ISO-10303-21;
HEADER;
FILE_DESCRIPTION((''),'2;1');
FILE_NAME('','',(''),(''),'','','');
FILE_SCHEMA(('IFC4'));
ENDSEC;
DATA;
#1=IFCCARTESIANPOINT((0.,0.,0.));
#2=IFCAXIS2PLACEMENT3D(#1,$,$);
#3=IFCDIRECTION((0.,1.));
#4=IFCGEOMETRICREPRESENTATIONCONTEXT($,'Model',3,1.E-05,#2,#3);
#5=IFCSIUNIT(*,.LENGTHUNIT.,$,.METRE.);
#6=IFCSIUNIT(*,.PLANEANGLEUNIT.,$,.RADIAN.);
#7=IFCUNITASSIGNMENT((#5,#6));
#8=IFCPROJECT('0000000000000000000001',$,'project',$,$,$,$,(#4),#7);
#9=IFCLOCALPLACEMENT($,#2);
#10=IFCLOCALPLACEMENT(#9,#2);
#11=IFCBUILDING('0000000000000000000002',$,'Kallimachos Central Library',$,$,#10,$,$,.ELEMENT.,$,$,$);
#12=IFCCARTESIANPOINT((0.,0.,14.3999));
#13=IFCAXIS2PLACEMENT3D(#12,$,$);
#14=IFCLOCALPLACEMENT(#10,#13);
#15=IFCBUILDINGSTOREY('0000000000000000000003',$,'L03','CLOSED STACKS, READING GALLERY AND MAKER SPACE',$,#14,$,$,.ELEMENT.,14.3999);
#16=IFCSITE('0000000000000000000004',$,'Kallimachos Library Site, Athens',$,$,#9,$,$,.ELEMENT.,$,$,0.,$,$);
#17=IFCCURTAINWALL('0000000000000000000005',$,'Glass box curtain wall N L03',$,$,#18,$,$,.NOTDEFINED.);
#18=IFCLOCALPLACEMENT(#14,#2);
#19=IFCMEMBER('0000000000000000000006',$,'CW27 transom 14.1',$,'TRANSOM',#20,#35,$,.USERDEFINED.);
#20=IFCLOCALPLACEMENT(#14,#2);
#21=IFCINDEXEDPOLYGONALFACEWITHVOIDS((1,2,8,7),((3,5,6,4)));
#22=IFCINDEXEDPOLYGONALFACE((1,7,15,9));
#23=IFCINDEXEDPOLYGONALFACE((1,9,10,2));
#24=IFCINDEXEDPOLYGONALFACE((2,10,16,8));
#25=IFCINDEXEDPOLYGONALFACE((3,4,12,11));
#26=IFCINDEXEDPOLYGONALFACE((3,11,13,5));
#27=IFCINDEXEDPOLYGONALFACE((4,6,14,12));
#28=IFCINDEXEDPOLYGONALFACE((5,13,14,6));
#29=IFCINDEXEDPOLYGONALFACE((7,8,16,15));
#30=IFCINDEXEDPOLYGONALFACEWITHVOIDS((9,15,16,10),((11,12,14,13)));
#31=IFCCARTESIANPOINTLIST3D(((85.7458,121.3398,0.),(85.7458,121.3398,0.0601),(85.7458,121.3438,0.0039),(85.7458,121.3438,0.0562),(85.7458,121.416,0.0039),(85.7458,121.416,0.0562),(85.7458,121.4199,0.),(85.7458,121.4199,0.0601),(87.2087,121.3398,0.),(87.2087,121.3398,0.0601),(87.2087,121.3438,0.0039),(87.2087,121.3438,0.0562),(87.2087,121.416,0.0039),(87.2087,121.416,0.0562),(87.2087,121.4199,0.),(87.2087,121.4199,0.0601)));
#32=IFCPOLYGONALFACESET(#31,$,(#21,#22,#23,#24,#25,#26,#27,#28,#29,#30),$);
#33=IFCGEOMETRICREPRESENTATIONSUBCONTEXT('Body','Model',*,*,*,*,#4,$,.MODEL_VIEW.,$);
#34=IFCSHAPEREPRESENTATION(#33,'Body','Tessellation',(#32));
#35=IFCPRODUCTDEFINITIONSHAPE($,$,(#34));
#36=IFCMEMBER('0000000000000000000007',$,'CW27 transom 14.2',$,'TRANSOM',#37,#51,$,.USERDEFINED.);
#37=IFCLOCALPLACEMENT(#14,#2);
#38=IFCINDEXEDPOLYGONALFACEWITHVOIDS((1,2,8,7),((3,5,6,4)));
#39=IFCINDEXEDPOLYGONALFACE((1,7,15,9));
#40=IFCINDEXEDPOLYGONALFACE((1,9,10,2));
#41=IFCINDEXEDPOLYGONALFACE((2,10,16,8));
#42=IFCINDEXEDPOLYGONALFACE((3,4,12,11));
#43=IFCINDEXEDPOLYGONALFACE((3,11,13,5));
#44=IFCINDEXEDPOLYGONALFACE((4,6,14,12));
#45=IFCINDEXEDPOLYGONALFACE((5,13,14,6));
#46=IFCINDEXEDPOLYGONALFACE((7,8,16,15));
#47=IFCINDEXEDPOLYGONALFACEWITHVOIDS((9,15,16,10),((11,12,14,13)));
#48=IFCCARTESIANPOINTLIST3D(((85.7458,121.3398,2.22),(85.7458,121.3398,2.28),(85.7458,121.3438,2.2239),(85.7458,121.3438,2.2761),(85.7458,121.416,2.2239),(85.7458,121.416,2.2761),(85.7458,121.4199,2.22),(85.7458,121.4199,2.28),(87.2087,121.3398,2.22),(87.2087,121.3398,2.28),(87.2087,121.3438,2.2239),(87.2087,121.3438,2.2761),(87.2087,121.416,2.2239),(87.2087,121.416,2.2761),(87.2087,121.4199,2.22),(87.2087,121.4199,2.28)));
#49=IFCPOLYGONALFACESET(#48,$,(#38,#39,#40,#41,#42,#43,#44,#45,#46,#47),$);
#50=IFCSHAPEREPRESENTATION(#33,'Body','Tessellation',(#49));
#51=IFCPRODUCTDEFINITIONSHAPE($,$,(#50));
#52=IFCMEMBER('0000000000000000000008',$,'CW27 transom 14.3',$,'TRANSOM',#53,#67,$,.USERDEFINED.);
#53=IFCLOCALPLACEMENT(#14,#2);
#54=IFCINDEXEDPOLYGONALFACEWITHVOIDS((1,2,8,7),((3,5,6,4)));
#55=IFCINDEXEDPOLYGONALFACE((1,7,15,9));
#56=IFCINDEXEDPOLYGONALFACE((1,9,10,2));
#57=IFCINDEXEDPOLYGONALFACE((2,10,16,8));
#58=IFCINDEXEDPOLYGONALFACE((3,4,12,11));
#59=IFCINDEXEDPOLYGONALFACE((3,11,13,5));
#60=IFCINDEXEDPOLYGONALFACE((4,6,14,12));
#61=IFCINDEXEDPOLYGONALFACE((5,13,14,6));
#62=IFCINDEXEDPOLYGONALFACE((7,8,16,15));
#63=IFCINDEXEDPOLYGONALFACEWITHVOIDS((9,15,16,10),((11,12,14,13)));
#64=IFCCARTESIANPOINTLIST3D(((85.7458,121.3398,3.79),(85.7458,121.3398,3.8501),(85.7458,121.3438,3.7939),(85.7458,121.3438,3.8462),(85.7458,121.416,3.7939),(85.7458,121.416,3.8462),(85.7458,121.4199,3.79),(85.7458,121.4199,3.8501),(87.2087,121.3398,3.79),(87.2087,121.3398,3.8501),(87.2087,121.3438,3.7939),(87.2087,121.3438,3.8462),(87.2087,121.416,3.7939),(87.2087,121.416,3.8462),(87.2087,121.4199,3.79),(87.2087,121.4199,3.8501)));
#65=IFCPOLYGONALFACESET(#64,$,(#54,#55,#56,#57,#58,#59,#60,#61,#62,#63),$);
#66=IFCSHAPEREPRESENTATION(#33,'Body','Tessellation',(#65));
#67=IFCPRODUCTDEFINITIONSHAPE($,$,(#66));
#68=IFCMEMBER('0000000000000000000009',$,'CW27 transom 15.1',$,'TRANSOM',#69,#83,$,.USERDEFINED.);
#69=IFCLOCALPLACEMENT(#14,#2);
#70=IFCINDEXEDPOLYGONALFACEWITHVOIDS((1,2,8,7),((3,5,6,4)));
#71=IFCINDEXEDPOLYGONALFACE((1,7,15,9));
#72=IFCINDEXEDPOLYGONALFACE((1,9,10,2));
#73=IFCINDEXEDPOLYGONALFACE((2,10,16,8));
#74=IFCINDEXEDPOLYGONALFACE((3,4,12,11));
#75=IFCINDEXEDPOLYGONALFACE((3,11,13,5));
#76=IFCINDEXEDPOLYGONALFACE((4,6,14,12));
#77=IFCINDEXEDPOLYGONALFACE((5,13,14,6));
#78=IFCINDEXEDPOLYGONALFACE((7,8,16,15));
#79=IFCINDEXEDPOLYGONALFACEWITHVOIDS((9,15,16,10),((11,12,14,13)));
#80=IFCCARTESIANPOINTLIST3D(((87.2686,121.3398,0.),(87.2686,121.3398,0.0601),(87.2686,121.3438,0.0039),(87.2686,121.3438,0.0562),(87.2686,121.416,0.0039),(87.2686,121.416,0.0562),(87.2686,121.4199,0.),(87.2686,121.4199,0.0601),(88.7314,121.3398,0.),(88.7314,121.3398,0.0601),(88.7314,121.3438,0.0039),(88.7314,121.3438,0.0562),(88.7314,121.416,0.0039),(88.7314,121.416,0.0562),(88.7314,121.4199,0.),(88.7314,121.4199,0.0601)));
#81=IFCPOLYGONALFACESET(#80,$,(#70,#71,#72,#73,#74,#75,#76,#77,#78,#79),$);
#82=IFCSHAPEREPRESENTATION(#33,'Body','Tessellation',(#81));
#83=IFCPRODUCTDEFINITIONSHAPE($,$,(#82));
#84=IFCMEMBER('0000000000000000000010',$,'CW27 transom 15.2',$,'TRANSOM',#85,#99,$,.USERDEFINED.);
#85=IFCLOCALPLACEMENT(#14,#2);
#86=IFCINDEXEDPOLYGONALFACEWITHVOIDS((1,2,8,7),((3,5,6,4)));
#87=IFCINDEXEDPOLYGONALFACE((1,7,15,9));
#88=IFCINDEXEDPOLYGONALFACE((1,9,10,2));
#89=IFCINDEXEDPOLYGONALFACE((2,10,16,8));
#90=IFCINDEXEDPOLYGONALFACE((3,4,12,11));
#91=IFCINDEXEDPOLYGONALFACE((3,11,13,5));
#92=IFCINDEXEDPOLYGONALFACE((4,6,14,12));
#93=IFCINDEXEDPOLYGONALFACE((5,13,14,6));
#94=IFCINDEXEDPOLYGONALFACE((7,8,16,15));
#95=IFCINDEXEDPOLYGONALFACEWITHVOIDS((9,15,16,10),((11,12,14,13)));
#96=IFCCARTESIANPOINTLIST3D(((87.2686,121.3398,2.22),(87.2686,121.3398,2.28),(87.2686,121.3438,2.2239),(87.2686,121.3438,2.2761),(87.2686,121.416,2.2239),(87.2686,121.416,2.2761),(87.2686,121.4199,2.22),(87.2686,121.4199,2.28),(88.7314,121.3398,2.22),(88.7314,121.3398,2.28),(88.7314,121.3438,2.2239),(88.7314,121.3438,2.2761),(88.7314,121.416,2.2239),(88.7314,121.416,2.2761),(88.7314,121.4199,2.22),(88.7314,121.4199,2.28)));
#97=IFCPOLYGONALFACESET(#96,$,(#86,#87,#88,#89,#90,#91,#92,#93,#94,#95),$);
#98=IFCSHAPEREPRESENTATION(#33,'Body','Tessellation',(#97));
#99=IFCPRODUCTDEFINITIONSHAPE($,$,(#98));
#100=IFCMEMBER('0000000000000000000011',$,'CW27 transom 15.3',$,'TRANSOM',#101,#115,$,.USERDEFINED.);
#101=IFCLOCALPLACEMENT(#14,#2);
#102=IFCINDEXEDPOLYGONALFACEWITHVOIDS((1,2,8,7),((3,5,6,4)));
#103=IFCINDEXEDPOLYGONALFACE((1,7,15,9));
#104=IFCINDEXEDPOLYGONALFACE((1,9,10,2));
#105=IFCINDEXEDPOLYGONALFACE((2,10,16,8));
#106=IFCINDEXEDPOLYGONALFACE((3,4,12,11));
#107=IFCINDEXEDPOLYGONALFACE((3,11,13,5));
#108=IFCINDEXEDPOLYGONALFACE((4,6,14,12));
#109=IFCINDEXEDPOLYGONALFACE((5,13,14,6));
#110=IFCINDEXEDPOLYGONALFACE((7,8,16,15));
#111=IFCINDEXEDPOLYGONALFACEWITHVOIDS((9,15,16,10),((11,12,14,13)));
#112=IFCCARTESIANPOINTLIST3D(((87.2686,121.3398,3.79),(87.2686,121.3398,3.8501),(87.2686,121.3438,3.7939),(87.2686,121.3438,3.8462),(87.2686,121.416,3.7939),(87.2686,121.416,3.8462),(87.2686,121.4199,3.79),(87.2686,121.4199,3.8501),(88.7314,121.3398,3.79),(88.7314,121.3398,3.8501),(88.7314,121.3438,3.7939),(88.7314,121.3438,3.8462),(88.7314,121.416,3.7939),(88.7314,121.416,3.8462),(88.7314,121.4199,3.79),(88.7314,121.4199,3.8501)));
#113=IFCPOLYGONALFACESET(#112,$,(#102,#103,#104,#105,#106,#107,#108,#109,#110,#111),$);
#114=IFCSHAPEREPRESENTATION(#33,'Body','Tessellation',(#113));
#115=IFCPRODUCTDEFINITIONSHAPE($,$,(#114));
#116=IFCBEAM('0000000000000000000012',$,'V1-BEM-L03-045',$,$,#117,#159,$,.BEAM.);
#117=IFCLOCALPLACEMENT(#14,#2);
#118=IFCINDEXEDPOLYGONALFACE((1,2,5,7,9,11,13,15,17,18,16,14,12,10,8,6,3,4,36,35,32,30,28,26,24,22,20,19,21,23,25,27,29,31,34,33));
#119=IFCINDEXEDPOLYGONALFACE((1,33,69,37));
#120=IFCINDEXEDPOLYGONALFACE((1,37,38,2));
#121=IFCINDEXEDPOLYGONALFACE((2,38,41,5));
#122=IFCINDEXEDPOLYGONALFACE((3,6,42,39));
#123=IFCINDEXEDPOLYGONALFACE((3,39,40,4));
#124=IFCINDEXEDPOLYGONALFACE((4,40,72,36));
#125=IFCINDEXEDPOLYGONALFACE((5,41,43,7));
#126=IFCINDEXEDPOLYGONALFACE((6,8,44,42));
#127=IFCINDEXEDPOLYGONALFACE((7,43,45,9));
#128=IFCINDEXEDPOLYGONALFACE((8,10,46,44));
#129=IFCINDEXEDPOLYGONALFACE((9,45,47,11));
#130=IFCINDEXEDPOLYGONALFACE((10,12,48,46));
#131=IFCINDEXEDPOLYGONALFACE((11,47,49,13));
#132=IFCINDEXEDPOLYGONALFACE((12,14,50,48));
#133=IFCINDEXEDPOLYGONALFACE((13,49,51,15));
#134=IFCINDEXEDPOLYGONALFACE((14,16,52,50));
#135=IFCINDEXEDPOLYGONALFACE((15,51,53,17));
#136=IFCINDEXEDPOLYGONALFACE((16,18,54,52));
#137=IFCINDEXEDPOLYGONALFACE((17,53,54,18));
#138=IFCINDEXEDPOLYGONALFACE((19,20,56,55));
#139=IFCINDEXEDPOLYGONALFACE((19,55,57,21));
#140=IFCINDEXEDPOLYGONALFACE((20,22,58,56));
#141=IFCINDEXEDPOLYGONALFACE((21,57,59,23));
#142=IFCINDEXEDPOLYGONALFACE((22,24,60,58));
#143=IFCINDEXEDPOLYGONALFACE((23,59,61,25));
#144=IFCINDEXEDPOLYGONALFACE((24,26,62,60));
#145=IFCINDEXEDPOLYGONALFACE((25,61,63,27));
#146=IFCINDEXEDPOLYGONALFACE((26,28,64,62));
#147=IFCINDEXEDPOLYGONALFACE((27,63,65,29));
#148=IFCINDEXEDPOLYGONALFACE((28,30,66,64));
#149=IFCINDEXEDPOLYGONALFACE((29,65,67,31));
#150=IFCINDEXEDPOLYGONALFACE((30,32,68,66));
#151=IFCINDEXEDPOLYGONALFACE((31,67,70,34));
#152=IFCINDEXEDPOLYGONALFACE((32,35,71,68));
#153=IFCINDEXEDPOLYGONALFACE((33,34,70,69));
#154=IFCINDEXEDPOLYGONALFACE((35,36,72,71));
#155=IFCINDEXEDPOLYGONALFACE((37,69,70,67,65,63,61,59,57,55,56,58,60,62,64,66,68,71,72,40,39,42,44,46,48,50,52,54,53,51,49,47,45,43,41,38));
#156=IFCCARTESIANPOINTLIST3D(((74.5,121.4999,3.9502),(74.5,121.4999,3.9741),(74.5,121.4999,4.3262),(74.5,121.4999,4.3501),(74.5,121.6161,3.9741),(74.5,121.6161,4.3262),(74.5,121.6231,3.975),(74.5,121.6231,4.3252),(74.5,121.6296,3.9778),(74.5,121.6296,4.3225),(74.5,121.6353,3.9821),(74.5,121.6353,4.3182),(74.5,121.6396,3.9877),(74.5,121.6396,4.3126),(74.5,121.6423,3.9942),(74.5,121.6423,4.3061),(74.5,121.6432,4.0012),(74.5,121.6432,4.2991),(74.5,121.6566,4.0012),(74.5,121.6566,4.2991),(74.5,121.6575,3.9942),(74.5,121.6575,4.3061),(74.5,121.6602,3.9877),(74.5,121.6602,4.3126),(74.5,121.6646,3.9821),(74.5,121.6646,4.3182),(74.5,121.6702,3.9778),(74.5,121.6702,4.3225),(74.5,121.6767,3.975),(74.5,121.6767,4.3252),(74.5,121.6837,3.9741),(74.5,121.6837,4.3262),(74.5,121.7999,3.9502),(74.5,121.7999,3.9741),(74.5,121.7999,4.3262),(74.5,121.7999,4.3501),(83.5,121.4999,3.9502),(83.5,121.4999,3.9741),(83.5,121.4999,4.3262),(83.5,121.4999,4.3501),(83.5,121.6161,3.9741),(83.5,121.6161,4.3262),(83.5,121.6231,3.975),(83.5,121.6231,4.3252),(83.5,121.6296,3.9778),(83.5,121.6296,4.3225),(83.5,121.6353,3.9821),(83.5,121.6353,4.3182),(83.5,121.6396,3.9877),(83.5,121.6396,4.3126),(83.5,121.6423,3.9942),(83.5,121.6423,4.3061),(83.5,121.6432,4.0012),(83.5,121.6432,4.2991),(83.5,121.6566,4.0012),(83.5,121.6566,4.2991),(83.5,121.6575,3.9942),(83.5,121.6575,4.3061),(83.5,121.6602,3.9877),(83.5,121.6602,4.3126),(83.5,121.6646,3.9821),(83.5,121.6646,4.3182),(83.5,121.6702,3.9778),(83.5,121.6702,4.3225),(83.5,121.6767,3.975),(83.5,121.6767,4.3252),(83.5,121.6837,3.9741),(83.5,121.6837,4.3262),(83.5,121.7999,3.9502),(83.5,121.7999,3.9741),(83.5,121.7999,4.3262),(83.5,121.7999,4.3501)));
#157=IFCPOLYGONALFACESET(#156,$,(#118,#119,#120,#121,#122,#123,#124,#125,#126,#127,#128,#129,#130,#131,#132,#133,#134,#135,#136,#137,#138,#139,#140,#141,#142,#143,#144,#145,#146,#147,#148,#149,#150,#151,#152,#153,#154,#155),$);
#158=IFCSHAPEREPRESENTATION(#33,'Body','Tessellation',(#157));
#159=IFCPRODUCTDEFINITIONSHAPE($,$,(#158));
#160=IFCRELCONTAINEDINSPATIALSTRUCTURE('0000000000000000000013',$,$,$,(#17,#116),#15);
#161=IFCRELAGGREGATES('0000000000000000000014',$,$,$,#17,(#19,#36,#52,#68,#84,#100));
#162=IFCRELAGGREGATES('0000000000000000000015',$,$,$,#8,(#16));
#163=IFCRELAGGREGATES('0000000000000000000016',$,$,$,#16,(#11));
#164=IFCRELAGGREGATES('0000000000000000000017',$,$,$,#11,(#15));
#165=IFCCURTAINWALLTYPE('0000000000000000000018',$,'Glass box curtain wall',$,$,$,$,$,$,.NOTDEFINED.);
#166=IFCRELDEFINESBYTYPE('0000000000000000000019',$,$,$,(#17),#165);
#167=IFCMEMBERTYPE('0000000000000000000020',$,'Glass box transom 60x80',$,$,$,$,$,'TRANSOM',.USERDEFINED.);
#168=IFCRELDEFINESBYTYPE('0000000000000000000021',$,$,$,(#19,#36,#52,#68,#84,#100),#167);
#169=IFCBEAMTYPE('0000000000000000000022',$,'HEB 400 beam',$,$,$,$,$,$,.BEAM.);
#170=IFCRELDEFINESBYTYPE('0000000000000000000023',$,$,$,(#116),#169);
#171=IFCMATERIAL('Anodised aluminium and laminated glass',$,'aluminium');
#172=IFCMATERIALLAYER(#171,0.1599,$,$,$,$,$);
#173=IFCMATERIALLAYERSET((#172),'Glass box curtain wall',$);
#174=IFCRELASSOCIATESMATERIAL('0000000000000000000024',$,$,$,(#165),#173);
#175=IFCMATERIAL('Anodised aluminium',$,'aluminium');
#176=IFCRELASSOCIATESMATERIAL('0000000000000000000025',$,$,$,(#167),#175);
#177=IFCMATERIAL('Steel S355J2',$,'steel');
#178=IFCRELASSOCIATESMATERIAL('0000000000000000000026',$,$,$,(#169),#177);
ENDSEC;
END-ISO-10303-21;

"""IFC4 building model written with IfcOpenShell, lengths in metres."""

from ifc_helpers import new_model, si_unit, direction, frame, origin, origin_2d, place, context, subcontext, project, spatial, hollow_rectangle, i_section, extrude, material, layer, layer_set, material_profile, profile_set, type_object, element, aggregate, save


model = new_model("IFC4")

# Units and contexts
model_context = context("Model", 3, precision=1e-05, world=origin(), true_north=direction((0.0, 1.0)))
body_context = subcontext(model_context, "Body", "Model", "MODEL_VIEW")
ifc_project = project(units=[si_unit("LENGTHUNIT", "METRE"), si_unit("PLANEANGLEUNIT", "RADIAN")], contexts=[model_context])

# Site, building, storey
site_placement = place(None, origin())
site = spatial("IfcSite", under=ifc_project, at=site_placement, Name="Kallimachos Library Site, Athens", CompositionType="ELEMENT", RefElevation=0.0)
building_placement = place(site_placement, origin())
building = spatial("IfcBuilding", under=site, at=building_placement, Name="Kallimachos Central Library", CompositionType="ELEMENT")
storey_placement = place(building_placement, frame((0.0, 0.0, 14.3999)))
storey = spatial("IfcBuildingStorey", under=building, at=storey_placement, Name="L03", Description="CLOSED STACKS, READING GALLERY AND MAKER SPACE", CompositionType="ELEMENT", Elevation=14.3999)

# Curtain wall, members
ifc_material_1 = material(Name="Anodised aluminium and laminated glass", Category="aluminium")
ifc_layer_1 = layer(ifc_material_1, 0.1599)
ifc_layer_set_1 = layer_set([ifc_layer_1], Name="Glass box curtain wall")
curtain_wall_type = type_object("IfcCurtainWallType", Name="Glass box curtain wall", PredefinedType="NOTDEFINED", material=ifc_layer_set_1)
curtain_wall_placement = place(storey_placement, origin())
curtain_wall = element("IfcCurtainWall", 1, at=curtain_wall_placement, inside=storey, type_object=curtain_wall_type, Name="Glass box curtain wall N L03", PredefinedType="NOTDEFINED")
ifc_material_2 = material(Name="Anodised aluminium", Category="aluminium")
ifc_material_profile_1 = material_profile(ifc_material_2, hollow_rectangle(XDim=0.0601, YDim=0.0801, WallThickness=0.0039, at=origin_2d()), Name="ALU TRANSOM 60x80")
ifc_profile_set_1 = profile_set([ifc_material_profile_1], Name="Anodised aluminium")
member_type_1 = type_object("IfcMemberType", Name="Glass box transom 60x80", ElementType="TRANSOM", PredefinedType="USERDEFINED", material=ifc_profile_set_1)
member_1_placement = place(storey_placement, frame((85.7458, 121.3799, 0.03), z_axis=(1.0, 0.0, 0.0), x_axis=(0.0, 0.0, 1.0)))
member_1 = element("IfcMember", 2, at=member_1_placement, type_object=member_type_1, Name="CW27 transom 14.1", ObjectType="TRANSOM", PredefinedType="USERDEFINED", context=body_context, shape_type="SweptSolid", body=[
    extrude(hollow_rectangle(XDim=0.0601, YDim=0.0801, WallThickness=0.0039, at=origin_2d()), origin(), (0.0, 0.0, 1.0), 1.4629),
])
member_2_placement = place(storey_placement, frame((85.7458, 121.3799, 2.25), z_axis=(1.0, 0.0, 0.0), x_axis=(0.0, 0.0, 1.0)))
member_2 = element("IfcMember", 3, at=member_2_placement, type_object=member_type_1, Name="CW27 transom 14.2", ObjectType="TRANSOM", PredefinedType="USERDEFINED", context=body_context, shape_type="SweptSolid", body=[
    extrude(hollow_rectangle(XDim=0.0601, YDim=0.0801, WallThickness=0.0039, at=origin_2d()), origin(), (0.0, 0.0, 1.0), 1.4629),
])
member_3_placement = place(storey_placement, frame((85.7458, 121.3799, 3.8201), z_axis=(1.0, 0.0, 0.0), x_axis=(0.0, 0.0, 1.0)))
member_3 = element("IfcMember", 4, at=member_3_placement, type_object=member_type_1, Name="CW27 transom 14.3", ObjectType="TRANSOM", PredefinedType="USERDEFINED", context=body_context, shape_type="SweptSolid", body=[
    extrude(hollow_rectangle(XDim=0.0601, YDim=0.0801, WallThickness=0.0039, at=origin_2d()), origin(), (0.0, 0.0, 1.0), 1.4629),
])
member_4_placement = place(storey_placement, frame((87.2686, 121.3799, 0.03), z_axis=(1.0, 0.0, 0.0), x_axis=(0.0, 0.0, 1.0)))
member_4 = element("IfcMember", 5, at=member_4_placement, type_object=member_type_1, Name="CW27 transom 15.1", ObjectType="TRANSOM", PredefinedType="USERDEFINED", context=body_context, shape_type="SweptSolid", body=[
    extrude(hollow_rectangle(XDim=0.0601, YDim=0.0801, WallThickness=0.0039, at=origin_2d()), origin(), (0.0, 0.0, 1.0), 1.4629),
])
member_5_placement = place(storey_placement, frame((87.2686, 121.3799, 2.25), z_axis=(1.0, 0.0, 0.0), x_axis=(0.0, 0.0, 1.0)))
member_5 = element("IfcMember", 6, at=member_5_placement, type_object=member_type_1, Name="CW27 transom 15.2", ObjectType="TRANSOM", PredefinedType="USERDEFINED", context=body_context, shape_type="SweptSolid", body=[
    extrude(hollow_rectangle(XDim=0.0601, YDim=0.0801, WallThickness=0.0039, at=origin_2d()), origin(), (0.0, 0.0, 1.0), 1.4629),
])
member_6_placement = place(storey_placement, frame((87.2686, 121.3799, 3.8201), z_axis=(1.0, 0.0, 0.0), x_axis=(0.0, 0.0, 1.0)))
member_6 = element("IfcMember", 7, at=member_6_placement, type_object=member_type_1, Name="CW27 transom 15.3", ObjectType="TRANSOM", PredefinedType="USERDEFINED", context=body_context, shape_type="SweptSolid", body=[
    extrude(hollow_rectangle(XDim=0.0601, YDim=0.0801, WallThickness=0.0039, at=origin_2d()), origin(), (0.0, 0.0, 1.0), 1.4629),
])

# Beam
ifc_material_3 = material(Name="Steel S355J2", Category="steel")
ifc_material_profile_2 = material_profile(ifc_material_3, i_section(OverallWidth=0.3, OverallDepth=0.3999, WebThickness=0.0134, FlangeThickness=0.0239, FilletRadius=0.0271, at=origin_2d()), Name="HEB 400")
ifc_profile_set_2 = profile_set([ifc_material_profile_2], Name="Steel S355J2")
beam_type = type_object("IfcBeamType", Name="HEB 400 beam", PredefinedType="BEAM", material=ifc_profile_set_2)
for number, where, z_axis, x_axis, name in (
    (8, (74.5, 121.6499, 4.1501), (1.0, 0.0, 0.0), (0.0, 1.0, 0.0), "V1-BEM-L03-045"),
):
    element("IfcBeam", number, at=place(storey_placement, frame(where, z_axis=z_axis, x_axis=x_axis)), inside=storey, type_object=beam_type, Name=name, PredefinedType="BEAM", context=body_context, shape_type="SweptSolid", body=[
        extrude(i_section(OverallWidth=0.3, OverallDepth=0.3999, WebThickness=0.0134, FlangeThickness=0.0239, FilletRadius=0.0271, at=origin_2d()), origin(), (0.0, 0.0, 1.0), 9.0),
    ])

aggregate(curtain_wall, [member_1, member_2, member_3, member_4, member_5, member_6])

save(model, "model.ifc")
